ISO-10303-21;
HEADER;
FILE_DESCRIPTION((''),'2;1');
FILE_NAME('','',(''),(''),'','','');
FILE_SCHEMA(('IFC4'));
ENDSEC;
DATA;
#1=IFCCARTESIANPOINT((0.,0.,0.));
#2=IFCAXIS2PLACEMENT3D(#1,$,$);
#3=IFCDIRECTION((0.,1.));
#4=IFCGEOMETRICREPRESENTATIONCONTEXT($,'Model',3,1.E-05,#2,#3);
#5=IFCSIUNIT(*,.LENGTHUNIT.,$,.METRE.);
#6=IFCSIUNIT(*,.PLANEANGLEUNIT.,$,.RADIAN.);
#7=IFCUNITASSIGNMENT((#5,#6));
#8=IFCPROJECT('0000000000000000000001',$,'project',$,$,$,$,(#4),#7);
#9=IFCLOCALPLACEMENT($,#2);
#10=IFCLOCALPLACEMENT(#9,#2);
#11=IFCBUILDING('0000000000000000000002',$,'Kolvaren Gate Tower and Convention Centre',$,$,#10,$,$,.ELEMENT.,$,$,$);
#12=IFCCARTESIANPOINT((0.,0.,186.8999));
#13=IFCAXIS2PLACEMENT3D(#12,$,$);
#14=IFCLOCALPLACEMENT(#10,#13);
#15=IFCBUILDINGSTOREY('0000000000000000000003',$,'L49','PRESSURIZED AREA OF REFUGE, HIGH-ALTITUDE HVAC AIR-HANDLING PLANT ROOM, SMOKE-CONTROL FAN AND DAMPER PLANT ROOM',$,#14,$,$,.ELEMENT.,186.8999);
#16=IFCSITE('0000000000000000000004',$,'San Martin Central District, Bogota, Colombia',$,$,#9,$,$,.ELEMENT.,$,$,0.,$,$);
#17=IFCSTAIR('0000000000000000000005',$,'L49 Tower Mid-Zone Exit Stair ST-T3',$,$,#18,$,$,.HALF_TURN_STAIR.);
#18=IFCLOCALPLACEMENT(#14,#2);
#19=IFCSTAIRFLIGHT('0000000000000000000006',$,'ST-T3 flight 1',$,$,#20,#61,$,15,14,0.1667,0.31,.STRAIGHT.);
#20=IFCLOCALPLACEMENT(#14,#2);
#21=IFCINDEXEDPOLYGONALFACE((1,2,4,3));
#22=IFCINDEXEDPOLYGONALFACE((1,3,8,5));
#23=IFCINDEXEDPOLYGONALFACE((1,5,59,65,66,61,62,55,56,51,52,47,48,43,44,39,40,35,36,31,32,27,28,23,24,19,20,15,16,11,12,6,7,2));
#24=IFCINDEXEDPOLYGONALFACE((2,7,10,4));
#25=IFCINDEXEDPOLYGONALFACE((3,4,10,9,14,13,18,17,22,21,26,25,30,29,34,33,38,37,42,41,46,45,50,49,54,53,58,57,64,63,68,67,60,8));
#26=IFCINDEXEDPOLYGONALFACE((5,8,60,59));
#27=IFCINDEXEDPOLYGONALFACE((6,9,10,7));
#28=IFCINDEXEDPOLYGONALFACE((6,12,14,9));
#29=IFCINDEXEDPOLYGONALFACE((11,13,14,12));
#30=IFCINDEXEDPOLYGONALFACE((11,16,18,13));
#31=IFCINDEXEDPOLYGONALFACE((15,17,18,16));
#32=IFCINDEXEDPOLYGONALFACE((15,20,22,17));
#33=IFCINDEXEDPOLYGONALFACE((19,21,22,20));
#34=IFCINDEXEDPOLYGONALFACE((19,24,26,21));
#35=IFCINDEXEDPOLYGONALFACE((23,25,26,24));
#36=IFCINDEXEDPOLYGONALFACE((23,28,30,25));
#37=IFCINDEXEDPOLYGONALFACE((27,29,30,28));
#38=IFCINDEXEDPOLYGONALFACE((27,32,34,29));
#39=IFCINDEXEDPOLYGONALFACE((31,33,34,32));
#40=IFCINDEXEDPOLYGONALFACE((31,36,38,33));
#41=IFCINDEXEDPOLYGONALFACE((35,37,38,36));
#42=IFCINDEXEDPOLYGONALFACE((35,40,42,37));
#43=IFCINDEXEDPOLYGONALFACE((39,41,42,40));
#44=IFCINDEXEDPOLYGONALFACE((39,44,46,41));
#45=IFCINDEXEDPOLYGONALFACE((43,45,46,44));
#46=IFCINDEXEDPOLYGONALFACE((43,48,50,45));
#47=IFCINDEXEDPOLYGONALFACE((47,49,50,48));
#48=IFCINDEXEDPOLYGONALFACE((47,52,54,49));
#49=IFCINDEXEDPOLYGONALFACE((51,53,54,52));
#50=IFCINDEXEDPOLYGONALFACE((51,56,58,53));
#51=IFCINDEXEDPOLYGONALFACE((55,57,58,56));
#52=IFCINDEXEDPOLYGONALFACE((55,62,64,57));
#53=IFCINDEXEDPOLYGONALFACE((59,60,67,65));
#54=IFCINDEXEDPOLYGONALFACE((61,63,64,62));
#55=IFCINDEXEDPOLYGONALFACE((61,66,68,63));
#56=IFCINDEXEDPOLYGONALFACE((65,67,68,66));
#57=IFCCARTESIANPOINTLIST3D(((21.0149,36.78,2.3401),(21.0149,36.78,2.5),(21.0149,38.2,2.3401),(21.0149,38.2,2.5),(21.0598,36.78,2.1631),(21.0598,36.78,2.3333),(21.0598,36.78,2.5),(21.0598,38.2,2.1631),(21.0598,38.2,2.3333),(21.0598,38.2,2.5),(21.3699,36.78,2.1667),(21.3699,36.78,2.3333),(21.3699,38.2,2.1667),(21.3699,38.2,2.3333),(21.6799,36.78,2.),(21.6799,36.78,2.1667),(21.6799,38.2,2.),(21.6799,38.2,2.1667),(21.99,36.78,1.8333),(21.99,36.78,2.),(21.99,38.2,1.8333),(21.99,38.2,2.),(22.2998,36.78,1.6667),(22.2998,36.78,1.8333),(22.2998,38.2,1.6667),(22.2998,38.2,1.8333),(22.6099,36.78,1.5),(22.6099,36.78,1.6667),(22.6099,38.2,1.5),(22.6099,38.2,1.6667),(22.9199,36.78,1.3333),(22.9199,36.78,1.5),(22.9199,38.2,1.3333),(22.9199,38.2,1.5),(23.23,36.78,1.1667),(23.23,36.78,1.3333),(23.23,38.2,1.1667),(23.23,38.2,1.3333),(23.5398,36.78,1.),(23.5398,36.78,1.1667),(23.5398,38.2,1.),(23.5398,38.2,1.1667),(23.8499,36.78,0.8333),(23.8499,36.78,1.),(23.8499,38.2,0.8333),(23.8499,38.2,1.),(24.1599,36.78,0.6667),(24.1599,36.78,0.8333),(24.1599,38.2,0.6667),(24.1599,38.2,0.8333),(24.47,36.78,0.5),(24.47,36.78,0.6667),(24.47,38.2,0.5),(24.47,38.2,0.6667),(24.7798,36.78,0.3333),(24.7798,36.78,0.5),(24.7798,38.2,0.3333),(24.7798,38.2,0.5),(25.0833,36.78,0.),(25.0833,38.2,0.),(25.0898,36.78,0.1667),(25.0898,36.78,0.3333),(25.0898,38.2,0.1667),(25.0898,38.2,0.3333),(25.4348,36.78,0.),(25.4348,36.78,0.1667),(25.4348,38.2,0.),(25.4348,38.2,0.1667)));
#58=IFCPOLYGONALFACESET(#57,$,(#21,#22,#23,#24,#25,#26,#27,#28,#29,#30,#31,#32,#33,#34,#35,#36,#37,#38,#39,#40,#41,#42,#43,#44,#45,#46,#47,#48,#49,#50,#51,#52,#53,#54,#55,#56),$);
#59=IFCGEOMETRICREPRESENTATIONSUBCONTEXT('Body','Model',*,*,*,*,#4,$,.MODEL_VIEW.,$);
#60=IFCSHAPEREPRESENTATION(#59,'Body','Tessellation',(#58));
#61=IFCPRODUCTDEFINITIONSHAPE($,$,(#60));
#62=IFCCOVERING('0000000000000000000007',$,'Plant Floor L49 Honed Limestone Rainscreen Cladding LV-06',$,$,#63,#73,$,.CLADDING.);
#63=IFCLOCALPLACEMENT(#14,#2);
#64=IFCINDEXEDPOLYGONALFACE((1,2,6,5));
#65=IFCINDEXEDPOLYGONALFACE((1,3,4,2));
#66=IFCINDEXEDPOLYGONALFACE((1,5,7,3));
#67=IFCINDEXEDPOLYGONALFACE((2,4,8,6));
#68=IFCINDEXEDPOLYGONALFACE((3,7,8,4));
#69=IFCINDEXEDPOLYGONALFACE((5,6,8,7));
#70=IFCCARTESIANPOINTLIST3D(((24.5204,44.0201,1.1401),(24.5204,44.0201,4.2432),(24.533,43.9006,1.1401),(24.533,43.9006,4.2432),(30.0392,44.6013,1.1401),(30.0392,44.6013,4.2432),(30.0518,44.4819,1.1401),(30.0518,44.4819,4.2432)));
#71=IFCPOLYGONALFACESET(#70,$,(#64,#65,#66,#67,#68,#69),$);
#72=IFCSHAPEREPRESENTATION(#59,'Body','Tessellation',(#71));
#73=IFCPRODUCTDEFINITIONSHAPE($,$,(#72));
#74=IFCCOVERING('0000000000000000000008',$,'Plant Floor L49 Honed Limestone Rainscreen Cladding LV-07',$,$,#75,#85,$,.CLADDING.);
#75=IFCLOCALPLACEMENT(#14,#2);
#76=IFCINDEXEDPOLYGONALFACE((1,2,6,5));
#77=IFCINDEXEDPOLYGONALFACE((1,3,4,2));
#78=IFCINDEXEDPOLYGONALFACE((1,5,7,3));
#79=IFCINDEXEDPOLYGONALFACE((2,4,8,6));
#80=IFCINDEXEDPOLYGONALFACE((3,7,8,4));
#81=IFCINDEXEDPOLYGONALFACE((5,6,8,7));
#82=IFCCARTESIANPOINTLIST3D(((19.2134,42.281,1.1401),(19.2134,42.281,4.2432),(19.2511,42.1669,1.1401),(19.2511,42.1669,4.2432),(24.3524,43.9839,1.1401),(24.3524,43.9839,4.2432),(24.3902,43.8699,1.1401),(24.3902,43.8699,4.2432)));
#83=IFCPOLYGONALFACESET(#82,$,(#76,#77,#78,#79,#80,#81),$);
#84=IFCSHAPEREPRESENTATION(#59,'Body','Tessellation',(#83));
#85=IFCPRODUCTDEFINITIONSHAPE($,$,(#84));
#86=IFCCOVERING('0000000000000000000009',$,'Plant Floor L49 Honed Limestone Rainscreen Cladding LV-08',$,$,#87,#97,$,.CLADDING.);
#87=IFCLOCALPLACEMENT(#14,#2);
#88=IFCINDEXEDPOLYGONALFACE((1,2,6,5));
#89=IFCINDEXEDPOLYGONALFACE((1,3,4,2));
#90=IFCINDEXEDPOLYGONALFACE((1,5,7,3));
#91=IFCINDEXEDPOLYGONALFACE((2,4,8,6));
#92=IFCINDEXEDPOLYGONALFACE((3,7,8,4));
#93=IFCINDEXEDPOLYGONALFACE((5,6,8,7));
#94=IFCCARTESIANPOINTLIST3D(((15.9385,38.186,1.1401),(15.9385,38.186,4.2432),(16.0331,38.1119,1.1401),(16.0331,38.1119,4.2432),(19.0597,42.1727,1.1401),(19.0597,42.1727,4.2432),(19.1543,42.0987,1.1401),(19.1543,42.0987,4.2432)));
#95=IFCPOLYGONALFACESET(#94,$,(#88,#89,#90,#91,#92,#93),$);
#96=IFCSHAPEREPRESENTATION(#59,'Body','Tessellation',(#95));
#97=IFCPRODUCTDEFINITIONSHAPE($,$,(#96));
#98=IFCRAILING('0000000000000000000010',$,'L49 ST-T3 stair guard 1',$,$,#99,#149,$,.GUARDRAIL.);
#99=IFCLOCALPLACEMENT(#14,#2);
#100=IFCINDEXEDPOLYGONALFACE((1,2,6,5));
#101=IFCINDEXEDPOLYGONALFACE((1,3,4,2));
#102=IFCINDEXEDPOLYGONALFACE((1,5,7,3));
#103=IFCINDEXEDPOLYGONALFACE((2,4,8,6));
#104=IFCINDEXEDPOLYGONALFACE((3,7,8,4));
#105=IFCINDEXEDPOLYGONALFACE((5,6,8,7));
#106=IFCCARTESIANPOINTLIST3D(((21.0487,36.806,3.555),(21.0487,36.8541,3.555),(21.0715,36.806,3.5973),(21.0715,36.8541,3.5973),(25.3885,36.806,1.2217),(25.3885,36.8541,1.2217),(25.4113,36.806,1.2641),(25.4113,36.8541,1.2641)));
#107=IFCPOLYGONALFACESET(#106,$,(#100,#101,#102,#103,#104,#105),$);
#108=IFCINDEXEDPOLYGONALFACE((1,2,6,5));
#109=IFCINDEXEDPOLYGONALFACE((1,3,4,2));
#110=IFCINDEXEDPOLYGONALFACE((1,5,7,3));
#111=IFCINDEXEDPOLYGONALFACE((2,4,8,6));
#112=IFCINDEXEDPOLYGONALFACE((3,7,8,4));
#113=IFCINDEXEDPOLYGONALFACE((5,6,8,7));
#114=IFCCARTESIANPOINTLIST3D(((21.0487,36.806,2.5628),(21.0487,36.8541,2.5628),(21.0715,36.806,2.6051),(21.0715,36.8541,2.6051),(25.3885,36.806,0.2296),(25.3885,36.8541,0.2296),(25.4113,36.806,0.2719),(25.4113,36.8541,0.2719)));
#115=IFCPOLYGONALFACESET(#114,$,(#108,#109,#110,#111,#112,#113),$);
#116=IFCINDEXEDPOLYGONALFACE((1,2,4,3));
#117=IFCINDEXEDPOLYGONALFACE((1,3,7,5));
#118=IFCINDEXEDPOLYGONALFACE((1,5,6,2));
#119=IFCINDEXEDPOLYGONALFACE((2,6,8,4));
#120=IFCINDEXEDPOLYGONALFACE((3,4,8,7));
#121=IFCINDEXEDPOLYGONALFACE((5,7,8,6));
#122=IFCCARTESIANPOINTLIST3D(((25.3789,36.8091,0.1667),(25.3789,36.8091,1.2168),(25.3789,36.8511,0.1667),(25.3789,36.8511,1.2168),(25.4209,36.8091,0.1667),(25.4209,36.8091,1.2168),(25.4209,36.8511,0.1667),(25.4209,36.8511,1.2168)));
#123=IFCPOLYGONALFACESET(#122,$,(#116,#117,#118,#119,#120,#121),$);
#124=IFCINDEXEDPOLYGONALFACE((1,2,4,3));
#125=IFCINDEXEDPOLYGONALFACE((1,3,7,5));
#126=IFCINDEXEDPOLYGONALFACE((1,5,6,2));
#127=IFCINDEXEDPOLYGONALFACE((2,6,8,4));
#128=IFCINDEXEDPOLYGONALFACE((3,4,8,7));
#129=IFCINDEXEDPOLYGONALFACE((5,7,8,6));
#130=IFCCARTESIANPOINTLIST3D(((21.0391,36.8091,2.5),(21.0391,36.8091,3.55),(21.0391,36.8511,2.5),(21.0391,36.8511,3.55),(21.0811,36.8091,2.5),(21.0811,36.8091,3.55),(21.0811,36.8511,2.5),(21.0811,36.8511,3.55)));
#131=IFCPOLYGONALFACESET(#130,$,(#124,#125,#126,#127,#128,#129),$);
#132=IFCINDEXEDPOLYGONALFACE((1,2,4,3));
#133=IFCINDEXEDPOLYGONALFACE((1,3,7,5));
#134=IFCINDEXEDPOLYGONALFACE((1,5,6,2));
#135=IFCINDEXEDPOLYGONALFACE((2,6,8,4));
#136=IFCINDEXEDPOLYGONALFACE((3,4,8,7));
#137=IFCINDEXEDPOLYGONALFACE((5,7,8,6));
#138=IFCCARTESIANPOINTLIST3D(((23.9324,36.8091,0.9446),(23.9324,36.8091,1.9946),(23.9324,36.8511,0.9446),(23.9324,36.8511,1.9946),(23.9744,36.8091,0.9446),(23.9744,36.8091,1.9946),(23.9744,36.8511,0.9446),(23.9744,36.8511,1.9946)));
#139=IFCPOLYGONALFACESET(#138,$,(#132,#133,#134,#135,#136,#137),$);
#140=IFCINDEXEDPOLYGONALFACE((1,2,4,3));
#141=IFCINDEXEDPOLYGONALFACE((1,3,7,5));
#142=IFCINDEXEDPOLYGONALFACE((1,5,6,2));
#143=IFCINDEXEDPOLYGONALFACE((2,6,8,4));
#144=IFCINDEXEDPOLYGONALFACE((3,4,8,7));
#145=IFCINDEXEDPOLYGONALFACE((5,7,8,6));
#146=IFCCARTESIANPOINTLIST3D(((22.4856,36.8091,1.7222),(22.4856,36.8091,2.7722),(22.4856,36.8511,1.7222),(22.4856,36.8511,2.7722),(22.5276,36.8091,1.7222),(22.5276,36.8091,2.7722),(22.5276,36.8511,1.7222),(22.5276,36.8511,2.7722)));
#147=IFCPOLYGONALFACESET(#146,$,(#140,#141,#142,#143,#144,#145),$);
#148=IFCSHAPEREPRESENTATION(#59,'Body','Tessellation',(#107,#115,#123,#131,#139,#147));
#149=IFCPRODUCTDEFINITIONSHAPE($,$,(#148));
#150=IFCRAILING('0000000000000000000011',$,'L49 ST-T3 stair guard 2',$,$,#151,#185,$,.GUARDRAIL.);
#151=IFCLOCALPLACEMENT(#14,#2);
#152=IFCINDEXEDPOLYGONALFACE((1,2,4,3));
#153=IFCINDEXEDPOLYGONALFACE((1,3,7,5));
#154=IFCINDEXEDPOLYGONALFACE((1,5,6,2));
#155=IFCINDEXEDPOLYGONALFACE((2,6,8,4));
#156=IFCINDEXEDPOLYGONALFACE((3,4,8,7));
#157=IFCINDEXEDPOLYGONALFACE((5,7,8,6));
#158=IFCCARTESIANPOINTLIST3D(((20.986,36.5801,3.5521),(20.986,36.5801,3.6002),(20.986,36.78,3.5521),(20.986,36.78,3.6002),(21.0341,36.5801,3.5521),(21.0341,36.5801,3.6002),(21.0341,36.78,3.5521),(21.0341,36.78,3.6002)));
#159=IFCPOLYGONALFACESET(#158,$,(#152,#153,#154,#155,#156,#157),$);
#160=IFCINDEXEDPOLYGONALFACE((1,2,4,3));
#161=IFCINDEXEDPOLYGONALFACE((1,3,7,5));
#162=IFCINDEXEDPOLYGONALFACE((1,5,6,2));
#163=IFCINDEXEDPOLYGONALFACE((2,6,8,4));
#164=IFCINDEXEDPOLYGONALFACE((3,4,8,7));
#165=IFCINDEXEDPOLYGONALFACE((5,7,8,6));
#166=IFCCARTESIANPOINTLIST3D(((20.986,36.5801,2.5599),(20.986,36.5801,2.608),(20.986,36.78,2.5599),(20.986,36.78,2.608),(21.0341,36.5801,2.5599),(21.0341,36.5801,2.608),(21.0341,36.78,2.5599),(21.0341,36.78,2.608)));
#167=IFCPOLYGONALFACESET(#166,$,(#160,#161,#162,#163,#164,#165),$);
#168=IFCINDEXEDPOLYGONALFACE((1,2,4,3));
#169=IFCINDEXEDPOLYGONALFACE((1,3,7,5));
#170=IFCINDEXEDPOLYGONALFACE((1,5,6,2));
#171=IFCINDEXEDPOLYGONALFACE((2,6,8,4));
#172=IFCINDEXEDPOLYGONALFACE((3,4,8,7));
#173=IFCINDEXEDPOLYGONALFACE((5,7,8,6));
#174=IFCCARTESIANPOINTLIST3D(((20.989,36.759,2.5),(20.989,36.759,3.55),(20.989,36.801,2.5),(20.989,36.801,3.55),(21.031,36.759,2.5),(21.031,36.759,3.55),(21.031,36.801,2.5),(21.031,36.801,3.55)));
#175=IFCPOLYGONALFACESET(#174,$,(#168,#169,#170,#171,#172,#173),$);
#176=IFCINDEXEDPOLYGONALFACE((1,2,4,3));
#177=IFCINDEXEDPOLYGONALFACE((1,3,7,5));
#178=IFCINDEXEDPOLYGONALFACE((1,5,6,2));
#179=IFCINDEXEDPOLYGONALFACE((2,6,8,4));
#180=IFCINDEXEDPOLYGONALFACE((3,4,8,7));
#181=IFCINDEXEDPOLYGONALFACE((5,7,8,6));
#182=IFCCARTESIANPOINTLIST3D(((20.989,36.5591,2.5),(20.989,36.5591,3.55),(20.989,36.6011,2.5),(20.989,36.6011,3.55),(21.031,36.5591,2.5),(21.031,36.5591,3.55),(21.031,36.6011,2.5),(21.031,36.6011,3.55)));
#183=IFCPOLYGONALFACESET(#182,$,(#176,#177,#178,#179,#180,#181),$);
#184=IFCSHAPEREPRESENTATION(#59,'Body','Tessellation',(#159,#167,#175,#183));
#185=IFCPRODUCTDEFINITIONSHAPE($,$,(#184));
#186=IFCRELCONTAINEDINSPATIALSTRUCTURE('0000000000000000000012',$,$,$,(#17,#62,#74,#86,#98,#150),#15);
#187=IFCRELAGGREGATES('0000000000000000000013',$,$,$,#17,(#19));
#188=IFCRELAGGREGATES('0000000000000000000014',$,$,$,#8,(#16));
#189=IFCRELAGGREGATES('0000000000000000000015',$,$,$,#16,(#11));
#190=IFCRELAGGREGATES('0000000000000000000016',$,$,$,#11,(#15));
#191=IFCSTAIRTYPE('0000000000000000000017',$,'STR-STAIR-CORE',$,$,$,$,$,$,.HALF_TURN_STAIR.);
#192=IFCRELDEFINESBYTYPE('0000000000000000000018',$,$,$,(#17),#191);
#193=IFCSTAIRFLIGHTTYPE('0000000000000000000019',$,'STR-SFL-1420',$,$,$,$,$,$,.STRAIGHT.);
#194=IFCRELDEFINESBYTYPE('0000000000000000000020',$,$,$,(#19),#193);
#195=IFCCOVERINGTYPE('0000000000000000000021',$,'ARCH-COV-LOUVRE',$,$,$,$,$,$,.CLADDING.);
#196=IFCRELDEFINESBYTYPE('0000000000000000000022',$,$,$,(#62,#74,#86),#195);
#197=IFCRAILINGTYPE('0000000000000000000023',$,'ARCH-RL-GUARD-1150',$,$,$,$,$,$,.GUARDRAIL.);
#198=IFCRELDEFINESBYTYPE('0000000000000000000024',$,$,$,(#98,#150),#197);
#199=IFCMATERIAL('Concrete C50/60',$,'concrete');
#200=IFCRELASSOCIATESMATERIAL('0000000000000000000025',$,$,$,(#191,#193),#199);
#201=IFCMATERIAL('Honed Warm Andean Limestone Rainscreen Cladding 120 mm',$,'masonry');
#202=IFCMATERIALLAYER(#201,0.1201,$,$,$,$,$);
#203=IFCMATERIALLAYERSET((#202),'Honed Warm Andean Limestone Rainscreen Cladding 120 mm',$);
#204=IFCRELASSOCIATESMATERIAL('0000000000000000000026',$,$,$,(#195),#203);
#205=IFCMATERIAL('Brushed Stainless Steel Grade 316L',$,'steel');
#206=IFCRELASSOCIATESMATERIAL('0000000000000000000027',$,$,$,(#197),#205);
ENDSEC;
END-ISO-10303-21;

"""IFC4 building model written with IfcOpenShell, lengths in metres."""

from ifc_helpers import new_model, si_unit, direction, frame, origin, origin_2d, place, context, subcontext, project, spatial, polyline, rectangle, outline, extrude, material, layer, layer_set, type_object, element, aggregate, save


model = new_model("IFC4")

# Units and contexts
model_context = context("Model", 3, precision=1e-05, world=origin(), true_north=direction((0.0, 1.0)))
body_context = subcontext(model_context, "Body", "Model", "MODEL_VIEW")
ifc_project = project(units=[si_unit("LENGTHUNIT", "METRE"), si_unit("PLANEANGLEUNIT", "RADIAN")], contexts=[model_context])

# Site, building, storey
site_placement = place(None, origin())
site = spatial("IfcSite", under=ifc_project, at=site_placement, Name="San Martin Central District, Bogota, Colombia", CompositionType="ELEMENT", RefElevation=0.0)
building_placement = place(site_placement, origin())
building = spatial("IfcBuilding", under=site, at=building_placement, Name="Kolvaren Gate Tower and Convention Centre", CompositionType="ELEMENT")
storey_placement = place(building_placement, frame((0.0, 0.0, 186.8999)))
storey = spatial("IfcBuildingStorey", under=building, at=storey_placement, Name="L49", Description="PRESSURIZED AREA OF REFUGE, HIGH-ALTITUDE HVAC AIR-HANDLING PLANT ROOM, SMOKE-CONTROL FAN AND DAMPER PLANT ROOM", CompositionType="ELEMENT", Elevation=186.8999)

# Shared definitions
ifc_material_1 = material(Name="Concrete C50/60", Category="concrete")

# Stair, stair flight
stair_type = type_object("IfcStairType", Name="STR-STAIR-CORE", PredefinedType="HALF_TURN_STAIR", material=ifc_material_1)
stair_placement = place(storey_placement, origin())
stair = element("IfcStair", 1, at=stair_placement, inside=storey, type_object=stair_type, Name="L49 Tower Mid-Zone Exit Stair ST-T3", PredefinedType="HALF_TURN_STAIR")
stair_flight_type = type_object("IfcStairFlightType", Name="STR-SFL-1420", PredefinedType="STRAIGHT", material=ifc_material_1)
stair_flight_placement = place(storey_placement, frame((25.3999, 37.49, 0.0), z_axis=(0.0, 0.0, 1.0), x_axis=(-1.0, 0.0, 0.0)))
stair_flight = element("IfcStairFlight", 2, at=stair_flight_placement, type_object=stair_flight_type, Name="ST-T3 flight 1", NumberOfRisers=15, NumberOfTreads=14, PredefinedType="STRAIGHT", RiserHeight=0.1667, TreadLength=0.31, context=body_context, shape_type="SweptSolid", body=[
    extrude(outline(polyline([(-0.0349, 0.0), (-0.0349, 0.1667), (0.3101, 0.1667), (0.3101, 0.3333), (0.6201, 0.3333), (0.6201, 0.5), (0.9299, 0.5), (0.9299, 0.6667), (1.24, 0.6667), (1.24, 0.8333), (1.55, 0.8333), (1.55, 1.0), (1.8601, 1.0), (1.8601, 1.1667), (2.1699, 1.1667), (2.1699, 1.3333), (2.48, 1.3333), (2.48, 1.5), (2.79, 1.5), (2.79, 1.6667), (3.1001, 1.6667), (3.1001, 1.8333), (3.4099, 1.8333), (3.4099, 2.0), (3.72, 2.0), (3.72, 2.1667), (4.03, 2.1667), (4.03, 2.3333), (4.3401, 2.3333), (4.3401, 2.5), (4.385, 2.5), (4.385, 2.3401), (4.3401, 2.1631), (0.3167, 0.0), (-0.0349, 0.0)])), frame((0.0, 0.71, 0.0), z_axis=(0.0, -1.0, 0.0), x_axis=(1.0, 0.0, 0.0)), (0.0, 0.0, 1.0), 1.4199),
])
aggregate(stair, [stair_flight])

# Coverings
ifc_material_2 = material(Name="Honed Warm Andean Limestone Rainscreen Cladding 120 mm", Category="masonry")
ifc_layer_1 = layer(ifc_material_2, 0.1201)
ifc_layer_set_1 = layer_set([ifc_layer_1], Name="Honed Warm Andean Limestone Rainscreen Cladding 120 mm")
covering_type = type_object("IfcCoveringType", Name="ARCH-COV-LOUVRE", PredefinedType="CLADDING", material=ifc_layer_set_1)
covering_1_placement = place(storey_placement, frame((27.2861, 44.251, 1.1401), z_axis=(0.0, 0.0, 1.0), x_axis=(0.994499, 0.104744, 0.0)))
element("IfcCovering", 3, at=covering_1_placement, inside=storey, type_object=covering_type, Name="Plant Floor L49 Honed Limestone Rainscreen Cladding LV-06", PredefinedType="CLADDING", context=body_context, shape_type="SweptSolid", body=[
    extrude(rectangle(XDim=5.5493, YDim=0.1201, at=origin_2d()), origin(), (0.0, 0.0, 1.0), 3.103),
])
covering_2_placement = place(storey_placement, frame((21.8018, 43.0754, 1.1401), z_axis=(0.0, 0.0, 1.0), x_axis=(0.949238, 0.314559, 0.0)))
element("IfcCovering", 4, at=covering_2_placement, inside=storey, type_object=covering_type, Name="Plant Floor L49 Honed Limestone Rainscreen Cladding LV-07", PredefinedType="CLADDING", context=body_context, shape_type="SweptSolid", body=[
    extrude(rectangle(XDim=5.4138, YDim=0.1201, at=origin_2d()), origin(), (0.0, 0.0, 1.0), 3.103),
])
covering_3_placement = place(storey_placement, frame((17.5464, 40.1423, 1.1401), z_axis=(0.0, 0.0, 1.0), x_axis=(0.616446, 0.787397, 0.0)))
element("IfcCovering", 5, at=covering_3_placement, inside=storey, type_object=covering_type, Name="Plant Floor L49 Honed Limestone Rainscreen Cladding LV-08", PredefinedType="CLADDING", context=body_context, shape_type="SweptSolid", body=[
    extrude(rectangle(XDim=5.0632, YDim=0.1201, at=origin_2d()), origin(), (0.0, 0.0, 1.0), 3.103),
])

# Railings
ifc_material_3 = material(Name="Brushed Stainless Steel Grade 316L", Category="steel")
railing_type_1 = type_object("IfcRailingType", Name="ARCH-RL-GUARD-1150", PredefinedType="GUARDRAIL", material=ifc_material_3)
railing_1_placement = place(storey_placement, frame((25.3999, 36.8301, 0.1667)))
element("IfcRailing", 6, at=railing_1_placement, inside=storey, type_object=railing_type_1, Name="L49 ST-T3 stair guard 1", PredefinedType="GUARDRAIL", context=body_context, shape_type="SweptSolid", body=[
    extrude(rectangle(XDim=0.0481, YDim=0.0481, at=origin_2d()), frame((0.0, 0.0, 1.0762), z_axis=(-0.880775, 0.0, 0.473535), x_axis=(0.0, -1.0, 0.0)), (0.0, 0.0, 1.0), 4.9272),
    extrude(rectangle(XDim=0.0481, YDim=0.0481, at=origin_2d()), frame((0.0, 0.0, 0.084), z_axis=(-0.880775, 0.0, 0.473535), x_axis=(0.0, -1.0, 0.0)), (0.0, 0.0, 1.0), 4.9272),
    extrude(rectangle(XDim=0.042, YDim=0.042, at=origin_2d()), origin(), (0.0, 0.0, 1.0), 1.05),
    extrude(rectangle(XDim=0.042, YDim=0.042, at=origin_2d()), frame((-4.3398, 0.0, 2.3333)), (0.0, 0.0, 1.0), 1.05),
    extrude(rectangle(XDim=0.042, YDim=0.042, at=origin_2d()), frame((-1.4465, 0.0, 0.7778)), (0.0, 0.0, 1.0), 1.05),
    extrude(rectangle(XDim=0.042, YDim=0.042, at=origin_2d()), frame((-2.8933, 0.0, 1.5554)), (0.0, 0.0, 1.0), 1.05),
])
railing_2_placement = place(storey_placement, frame((21.01, 36.78, 2.5)))
element("IfcRailing", 7, at=railing_2_placement, inside=storey, type_object=railing_type_1, Name="L49 ST-T3 stair guard 2", PredefinedType="GUARDRAIL", context=body_context, shape_type="SweptSolid", body=[
    extrude(rectangle(XDim=0.0481, YDim=0.0481, at=origin_2d()), frame((0.0, 0.0, 1.0762), z_axis=(0.0, -1.0, 0.0), x_axis=(1.0, 0.0, 0.0)), (0.0, 0.0, 1.0), 0.2),
    extrude(rectangle(XDim=0.0481, YDim=0.0481, at=origin_2d()), frame((0.0, 0.0, 0.084), z_axis=(0.0, -1.0, 0.0), x_axis=(1.0, 0.0, 0.0)), (0.0, 0.0, 1.0), 0.2),
    extrude(rectangle(XDim=0.042, YDim=0.042, at=origin_2d()), origin(), (0.0, 0.0, 1.0), 1.05),
    extrude(rectangle(XDim=0.042, YDim=0.042, at=origin_2d()), frame((0.0, -0.2, 0.0)), (0.0, 0.0, 1.0), 1.05),
])

save(model, "model.ifc")
